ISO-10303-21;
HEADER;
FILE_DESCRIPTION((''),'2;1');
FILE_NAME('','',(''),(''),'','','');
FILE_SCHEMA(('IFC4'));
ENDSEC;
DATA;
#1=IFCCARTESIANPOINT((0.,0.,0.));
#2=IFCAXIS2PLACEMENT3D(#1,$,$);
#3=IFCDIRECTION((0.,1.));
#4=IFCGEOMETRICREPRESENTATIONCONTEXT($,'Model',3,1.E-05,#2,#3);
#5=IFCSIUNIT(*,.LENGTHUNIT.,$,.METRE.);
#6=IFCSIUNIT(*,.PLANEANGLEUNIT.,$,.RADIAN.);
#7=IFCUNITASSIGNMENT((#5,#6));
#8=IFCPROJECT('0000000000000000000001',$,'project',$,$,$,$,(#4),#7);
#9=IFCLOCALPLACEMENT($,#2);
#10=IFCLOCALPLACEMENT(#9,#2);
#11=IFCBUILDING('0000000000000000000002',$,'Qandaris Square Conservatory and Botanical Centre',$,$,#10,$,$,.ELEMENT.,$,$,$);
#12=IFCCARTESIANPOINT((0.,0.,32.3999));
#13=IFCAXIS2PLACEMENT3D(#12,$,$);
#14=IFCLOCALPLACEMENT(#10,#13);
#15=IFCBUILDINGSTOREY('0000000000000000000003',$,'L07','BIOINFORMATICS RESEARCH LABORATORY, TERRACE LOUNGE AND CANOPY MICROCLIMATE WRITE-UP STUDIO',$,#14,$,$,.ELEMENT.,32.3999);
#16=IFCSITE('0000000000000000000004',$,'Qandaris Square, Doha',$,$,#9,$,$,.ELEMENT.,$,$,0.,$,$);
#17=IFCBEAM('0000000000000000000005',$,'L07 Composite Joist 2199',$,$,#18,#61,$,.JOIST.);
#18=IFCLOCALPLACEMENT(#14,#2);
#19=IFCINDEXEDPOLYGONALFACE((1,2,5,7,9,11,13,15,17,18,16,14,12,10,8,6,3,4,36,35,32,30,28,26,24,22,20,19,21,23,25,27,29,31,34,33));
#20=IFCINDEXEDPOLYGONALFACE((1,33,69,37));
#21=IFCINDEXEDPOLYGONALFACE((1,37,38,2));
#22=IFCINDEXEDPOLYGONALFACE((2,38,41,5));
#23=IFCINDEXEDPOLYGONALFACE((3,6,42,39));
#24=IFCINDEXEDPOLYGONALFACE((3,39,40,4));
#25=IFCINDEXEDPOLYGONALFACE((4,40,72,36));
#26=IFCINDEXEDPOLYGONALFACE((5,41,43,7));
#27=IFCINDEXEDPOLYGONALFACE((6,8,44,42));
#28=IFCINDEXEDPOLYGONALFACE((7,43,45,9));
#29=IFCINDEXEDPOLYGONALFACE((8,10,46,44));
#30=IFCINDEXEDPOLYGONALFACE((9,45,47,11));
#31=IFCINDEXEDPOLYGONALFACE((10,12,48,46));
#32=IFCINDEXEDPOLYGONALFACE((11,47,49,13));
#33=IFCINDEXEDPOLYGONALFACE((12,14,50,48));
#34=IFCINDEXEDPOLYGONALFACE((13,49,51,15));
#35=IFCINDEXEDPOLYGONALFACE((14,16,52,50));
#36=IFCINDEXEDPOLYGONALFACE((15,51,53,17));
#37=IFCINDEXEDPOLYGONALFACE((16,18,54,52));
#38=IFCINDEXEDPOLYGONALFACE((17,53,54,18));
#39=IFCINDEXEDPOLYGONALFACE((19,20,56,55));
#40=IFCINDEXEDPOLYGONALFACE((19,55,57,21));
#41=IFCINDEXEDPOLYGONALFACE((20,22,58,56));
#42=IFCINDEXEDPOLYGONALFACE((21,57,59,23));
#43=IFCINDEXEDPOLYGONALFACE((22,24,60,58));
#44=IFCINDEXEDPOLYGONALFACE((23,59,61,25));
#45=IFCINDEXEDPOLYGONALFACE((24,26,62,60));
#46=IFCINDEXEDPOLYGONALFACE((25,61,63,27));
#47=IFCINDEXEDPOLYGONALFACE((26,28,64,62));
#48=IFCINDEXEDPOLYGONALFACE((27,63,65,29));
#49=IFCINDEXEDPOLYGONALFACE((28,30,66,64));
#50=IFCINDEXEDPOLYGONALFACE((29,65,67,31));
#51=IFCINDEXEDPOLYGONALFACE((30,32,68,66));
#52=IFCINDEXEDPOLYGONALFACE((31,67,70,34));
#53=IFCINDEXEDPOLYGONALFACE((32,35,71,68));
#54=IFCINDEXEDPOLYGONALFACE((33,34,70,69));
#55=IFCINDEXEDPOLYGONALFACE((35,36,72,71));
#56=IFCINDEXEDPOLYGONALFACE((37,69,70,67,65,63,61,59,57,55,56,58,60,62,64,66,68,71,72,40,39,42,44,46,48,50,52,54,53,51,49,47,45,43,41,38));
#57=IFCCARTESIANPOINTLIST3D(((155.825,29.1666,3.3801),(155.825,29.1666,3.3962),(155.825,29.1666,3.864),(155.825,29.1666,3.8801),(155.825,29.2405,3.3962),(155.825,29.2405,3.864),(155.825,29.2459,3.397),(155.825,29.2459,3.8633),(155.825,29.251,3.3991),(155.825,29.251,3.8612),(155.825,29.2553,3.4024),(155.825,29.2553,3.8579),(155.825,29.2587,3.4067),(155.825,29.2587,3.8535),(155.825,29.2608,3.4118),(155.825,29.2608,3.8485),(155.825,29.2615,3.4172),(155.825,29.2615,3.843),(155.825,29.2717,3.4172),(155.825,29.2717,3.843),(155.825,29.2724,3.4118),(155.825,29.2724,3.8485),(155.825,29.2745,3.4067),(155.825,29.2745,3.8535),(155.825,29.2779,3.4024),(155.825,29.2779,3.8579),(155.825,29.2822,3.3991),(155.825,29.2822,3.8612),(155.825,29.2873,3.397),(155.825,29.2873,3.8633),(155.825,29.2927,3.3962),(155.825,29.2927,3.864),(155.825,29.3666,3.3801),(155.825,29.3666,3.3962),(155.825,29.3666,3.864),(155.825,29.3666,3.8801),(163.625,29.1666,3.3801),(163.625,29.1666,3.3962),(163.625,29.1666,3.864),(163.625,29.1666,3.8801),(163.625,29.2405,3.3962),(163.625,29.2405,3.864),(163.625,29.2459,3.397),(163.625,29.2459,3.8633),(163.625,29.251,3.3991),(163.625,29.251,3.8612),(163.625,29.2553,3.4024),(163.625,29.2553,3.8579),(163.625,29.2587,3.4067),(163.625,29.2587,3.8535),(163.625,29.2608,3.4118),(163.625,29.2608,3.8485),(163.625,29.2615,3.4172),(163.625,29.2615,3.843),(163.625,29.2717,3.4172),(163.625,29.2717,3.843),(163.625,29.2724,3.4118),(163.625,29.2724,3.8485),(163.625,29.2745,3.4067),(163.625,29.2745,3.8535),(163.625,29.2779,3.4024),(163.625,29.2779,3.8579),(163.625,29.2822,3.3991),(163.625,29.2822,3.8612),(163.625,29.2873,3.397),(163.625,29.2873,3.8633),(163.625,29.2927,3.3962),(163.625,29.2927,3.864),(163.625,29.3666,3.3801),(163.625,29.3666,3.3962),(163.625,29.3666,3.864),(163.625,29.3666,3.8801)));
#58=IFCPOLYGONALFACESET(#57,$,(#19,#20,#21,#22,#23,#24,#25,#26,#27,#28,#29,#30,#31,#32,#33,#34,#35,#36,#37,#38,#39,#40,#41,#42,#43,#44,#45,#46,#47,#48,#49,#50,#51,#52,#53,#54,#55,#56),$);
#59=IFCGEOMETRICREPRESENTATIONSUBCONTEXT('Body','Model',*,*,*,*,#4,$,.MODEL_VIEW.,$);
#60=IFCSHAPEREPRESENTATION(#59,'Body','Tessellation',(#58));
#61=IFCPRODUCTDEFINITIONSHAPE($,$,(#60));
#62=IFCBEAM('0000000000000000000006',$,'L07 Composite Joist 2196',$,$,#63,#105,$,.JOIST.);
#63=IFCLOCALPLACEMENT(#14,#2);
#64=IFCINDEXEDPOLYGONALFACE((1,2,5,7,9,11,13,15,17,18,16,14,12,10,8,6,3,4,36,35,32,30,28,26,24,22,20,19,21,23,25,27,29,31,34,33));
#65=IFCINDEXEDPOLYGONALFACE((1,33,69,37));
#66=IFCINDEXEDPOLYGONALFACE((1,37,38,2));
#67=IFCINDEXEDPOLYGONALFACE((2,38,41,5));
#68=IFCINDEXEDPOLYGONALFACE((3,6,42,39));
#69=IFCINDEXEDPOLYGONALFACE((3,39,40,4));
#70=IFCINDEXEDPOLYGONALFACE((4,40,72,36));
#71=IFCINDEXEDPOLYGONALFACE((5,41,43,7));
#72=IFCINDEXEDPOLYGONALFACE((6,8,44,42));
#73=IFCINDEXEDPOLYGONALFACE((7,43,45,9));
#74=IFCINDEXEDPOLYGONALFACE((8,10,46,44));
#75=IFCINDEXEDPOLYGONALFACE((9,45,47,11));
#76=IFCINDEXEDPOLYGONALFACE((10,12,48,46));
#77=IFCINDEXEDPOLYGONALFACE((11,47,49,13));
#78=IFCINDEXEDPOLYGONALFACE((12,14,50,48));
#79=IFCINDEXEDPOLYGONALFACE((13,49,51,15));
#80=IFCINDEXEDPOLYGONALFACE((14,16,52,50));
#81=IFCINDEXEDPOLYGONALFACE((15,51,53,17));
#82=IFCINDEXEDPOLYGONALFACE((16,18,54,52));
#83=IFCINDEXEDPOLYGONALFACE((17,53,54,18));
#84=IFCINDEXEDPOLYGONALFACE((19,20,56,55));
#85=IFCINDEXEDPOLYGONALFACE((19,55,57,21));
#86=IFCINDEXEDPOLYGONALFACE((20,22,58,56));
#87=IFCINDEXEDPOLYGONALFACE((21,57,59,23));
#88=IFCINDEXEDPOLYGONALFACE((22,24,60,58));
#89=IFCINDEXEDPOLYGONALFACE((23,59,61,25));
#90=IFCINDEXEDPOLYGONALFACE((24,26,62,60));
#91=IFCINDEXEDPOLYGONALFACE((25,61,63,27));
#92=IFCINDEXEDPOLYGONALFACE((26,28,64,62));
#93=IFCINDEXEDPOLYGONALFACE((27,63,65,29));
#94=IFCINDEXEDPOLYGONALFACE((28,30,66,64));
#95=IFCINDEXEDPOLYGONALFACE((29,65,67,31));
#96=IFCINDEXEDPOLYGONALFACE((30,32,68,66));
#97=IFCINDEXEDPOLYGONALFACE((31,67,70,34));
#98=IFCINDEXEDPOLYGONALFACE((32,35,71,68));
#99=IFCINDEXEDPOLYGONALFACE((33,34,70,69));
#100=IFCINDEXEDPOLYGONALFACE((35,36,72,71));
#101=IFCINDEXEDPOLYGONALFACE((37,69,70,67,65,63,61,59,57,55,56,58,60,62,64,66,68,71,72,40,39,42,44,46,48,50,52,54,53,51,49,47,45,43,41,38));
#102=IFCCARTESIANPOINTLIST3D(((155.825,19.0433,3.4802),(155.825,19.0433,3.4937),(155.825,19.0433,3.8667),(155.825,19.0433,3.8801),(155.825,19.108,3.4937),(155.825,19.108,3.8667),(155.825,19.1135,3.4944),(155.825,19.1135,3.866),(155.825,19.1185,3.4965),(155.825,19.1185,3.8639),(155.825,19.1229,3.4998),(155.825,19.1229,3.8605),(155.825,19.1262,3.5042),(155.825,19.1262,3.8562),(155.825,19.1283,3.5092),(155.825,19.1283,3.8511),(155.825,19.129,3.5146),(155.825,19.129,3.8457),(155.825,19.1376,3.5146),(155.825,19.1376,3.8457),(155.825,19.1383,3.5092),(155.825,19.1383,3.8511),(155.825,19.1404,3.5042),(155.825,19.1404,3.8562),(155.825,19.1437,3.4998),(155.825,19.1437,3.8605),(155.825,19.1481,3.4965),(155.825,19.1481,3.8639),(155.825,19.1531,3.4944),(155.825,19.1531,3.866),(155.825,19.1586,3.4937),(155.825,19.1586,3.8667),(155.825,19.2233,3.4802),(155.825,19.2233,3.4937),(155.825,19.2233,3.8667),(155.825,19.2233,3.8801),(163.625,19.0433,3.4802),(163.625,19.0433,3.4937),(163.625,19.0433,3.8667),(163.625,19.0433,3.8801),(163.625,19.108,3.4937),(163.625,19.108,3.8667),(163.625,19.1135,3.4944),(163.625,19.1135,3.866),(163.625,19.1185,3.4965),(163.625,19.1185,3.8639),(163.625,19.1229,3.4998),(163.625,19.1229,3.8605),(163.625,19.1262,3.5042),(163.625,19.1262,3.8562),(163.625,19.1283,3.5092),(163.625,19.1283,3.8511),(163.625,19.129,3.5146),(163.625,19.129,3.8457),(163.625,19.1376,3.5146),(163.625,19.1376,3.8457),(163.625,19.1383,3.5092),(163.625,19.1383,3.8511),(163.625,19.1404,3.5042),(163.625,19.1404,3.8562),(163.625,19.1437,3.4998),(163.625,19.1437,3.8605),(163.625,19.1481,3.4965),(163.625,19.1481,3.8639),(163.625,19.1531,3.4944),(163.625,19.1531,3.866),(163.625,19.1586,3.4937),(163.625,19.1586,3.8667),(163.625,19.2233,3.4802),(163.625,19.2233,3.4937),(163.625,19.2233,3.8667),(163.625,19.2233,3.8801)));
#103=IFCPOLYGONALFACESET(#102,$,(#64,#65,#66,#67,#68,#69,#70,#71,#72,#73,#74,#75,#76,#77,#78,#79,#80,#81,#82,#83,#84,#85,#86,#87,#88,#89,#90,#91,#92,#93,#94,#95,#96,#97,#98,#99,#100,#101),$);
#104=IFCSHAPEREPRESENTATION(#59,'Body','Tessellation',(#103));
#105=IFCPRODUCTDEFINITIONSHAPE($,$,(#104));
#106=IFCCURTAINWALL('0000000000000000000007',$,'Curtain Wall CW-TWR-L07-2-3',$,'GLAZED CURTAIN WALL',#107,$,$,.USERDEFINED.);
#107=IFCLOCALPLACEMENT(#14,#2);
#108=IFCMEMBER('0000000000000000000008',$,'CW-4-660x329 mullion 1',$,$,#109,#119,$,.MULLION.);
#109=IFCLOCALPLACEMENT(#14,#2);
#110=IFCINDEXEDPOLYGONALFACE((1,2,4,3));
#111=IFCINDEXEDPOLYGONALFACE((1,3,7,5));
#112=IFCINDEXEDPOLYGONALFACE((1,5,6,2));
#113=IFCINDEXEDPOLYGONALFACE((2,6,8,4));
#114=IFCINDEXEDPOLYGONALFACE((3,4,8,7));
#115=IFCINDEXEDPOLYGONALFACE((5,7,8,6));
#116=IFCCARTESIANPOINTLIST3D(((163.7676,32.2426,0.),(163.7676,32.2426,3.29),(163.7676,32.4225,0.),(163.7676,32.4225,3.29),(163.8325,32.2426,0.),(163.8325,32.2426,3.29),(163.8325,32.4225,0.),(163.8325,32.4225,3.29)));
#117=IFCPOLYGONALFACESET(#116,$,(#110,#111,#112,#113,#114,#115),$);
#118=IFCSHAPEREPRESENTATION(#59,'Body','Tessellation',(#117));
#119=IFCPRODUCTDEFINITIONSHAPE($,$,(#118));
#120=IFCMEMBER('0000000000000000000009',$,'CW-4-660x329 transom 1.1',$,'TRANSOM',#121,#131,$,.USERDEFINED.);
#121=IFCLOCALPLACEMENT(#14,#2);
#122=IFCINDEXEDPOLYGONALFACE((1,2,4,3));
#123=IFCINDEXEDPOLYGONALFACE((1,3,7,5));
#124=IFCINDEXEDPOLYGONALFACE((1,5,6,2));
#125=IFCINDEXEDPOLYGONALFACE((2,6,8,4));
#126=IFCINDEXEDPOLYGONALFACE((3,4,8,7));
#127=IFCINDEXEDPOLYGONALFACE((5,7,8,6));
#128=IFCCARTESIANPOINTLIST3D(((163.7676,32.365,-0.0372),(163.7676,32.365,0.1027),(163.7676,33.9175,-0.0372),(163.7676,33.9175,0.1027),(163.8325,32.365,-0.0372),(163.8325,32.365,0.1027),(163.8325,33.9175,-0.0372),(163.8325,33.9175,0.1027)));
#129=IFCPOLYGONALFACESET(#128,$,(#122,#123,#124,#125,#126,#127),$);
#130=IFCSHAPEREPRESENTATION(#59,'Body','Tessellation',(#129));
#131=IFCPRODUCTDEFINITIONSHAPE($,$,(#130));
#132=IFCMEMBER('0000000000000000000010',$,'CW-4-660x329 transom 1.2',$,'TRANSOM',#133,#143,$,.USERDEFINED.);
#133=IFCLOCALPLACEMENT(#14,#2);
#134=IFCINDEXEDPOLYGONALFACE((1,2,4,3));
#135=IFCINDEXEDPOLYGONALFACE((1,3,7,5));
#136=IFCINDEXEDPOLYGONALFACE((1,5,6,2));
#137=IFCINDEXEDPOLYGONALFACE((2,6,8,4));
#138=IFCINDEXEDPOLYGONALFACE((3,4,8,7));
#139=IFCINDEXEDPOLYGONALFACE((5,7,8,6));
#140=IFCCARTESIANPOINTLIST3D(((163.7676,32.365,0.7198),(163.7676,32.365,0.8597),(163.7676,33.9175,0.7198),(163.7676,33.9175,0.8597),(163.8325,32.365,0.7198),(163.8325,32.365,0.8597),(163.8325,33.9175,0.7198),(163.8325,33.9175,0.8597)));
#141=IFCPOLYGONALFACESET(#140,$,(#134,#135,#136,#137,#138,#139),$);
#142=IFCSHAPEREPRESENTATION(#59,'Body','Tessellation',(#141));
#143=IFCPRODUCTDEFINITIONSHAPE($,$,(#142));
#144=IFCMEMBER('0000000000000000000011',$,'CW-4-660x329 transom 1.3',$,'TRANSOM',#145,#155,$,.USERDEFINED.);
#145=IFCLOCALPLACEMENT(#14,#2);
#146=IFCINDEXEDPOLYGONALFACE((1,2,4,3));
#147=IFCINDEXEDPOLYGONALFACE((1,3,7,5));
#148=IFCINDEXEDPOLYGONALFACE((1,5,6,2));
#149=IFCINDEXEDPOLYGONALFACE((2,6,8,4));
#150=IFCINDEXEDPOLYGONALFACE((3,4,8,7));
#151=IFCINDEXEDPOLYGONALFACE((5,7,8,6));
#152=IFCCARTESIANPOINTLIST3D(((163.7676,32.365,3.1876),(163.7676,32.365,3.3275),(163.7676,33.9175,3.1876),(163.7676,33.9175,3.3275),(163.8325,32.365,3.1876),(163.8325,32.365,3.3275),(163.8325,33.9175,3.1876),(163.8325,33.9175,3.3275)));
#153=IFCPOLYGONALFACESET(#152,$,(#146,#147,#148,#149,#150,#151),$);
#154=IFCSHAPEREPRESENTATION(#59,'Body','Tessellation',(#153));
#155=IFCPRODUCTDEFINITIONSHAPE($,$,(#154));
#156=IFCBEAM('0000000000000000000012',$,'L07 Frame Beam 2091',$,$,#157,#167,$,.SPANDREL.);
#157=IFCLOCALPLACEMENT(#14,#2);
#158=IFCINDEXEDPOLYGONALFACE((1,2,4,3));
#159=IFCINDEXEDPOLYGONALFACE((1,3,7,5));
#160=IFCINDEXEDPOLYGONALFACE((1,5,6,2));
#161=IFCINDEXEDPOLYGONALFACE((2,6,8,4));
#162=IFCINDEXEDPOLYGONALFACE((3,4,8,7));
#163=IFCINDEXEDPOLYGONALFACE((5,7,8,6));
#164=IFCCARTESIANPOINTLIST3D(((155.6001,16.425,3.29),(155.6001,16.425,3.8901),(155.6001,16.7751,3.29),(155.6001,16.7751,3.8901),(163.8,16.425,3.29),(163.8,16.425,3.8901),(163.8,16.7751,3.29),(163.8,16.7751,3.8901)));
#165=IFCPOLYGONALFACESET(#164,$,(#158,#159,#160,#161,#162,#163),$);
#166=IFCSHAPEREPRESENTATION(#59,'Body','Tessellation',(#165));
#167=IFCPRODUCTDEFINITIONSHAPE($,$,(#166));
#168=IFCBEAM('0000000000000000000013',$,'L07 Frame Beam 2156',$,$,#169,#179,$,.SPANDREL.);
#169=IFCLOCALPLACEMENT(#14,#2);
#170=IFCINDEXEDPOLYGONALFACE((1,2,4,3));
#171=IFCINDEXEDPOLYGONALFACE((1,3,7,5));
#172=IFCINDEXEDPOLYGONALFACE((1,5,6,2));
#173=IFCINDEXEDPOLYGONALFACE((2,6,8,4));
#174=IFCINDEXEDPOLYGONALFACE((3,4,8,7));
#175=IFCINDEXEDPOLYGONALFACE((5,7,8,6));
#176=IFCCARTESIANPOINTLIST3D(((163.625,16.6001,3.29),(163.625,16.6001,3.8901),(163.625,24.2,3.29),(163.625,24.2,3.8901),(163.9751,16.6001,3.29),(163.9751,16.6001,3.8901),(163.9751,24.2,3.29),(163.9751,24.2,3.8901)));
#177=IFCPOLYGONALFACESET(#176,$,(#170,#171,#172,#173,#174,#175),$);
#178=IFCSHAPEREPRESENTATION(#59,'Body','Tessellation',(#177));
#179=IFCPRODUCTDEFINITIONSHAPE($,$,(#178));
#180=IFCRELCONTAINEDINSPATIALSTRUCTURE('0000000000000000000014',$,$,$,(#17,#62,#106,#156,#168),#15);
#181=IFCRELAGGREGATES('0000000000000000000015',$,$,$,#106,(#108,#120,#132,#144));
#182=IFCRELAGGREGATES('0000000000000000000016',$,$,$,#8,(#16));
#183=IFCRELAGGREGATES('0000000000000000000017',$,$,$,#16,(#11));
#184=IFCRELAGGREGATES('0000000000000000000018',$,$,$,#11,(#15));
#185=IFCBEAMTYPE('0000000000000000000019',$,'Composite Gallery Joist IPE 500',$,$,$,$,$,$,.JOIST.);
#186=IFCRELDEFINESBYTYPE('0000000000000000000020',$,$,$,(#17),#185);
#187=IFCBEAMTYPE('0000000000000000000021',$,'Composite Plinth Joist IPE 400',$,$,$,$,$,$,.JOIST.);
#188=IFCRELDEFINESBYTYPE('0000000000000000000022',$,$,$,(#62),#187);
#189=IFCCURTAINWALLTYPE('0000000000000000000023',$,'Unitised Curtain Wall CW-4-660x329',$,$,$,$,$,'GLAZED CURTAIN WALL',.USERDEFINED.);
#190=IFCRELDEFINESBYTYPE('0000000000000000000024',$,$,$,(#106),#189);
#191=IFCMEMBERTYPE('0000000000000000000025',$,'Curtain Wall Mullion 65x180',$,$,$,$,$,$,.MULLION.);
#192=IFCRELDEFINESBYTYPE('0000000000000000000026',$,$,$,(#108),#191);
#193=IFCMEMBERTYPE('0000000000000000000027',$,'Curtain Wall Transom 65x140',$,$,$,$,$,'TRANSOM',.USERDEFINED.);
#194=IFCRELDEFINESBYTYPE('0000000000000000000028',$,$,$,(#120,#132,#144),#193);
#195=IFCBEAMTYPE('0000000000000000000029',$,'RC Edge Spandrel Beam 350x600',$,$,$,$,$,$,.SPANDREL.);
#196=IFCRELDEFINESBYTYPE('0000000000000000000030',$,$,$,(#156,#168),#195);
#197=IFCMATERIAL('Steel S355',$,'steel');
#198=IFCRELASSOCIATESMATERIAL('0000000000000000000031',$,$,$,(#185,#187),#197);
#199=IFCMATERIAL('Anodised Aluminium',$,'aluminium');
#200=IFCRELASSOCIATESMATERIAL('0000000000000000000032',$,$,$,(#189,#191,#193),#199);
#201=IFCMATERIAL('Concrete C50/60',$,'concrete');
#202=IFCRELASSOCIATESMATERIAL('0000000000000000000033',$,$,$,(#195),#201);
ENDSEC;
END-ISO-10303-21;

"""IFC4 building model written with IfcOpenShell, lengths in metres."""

from ifc_helpers import new_model, si_unit, direction, frame, origin, origin_2d, place, context, subcontext, project, spatial, rectangle, i_section, extrude, material, material_profile, profile_set, type_object, element, aggregate, save


model = new_model("IFC4")

# Units and contexts
model_context = context("Model", 3, precision=1e-05, world=origin(), true_north=direction((0.0, 1.0)))
body_context = subcontext(model_context, "Body", "Model", "MODEL_VIEW")
ifc_project = project(units=[si_unit("LENGTHUNIT", "METRE"), si_unit("PLANEANGLEUNIT", "RADIAN")], contexts=[model_context])

# Site, building, storey
site_placement = place(None, origin())
site = spatial("IfcSite", under=ifc_project, at=site_placement, Name="Qandaris Square, Doha", CompositionType="ELEMENT", RefElevation=0.0)
building_placement = place(site_placement, origin())
building = spatial("IfcBuilding", under=site, at=building_placement, Name="Qandaris Square Conservatory and Botanical Centre", CompositionType="ELEMENT")
storey_placement = place(building_placement, frame((0.0, 0.0, 32.3999)))
storey = spatial("IfcBuildingStorey", under=building, at=storey_placement, Name="L07", Description="BIOINFORMATICS RESEARCH LABORATORY, TERRACE LOUNGE AND CANOPY MICROCLIMATE WRITE-UP STUDIO", CompositionType="ELEMENT", Elevation=32.3999)

# Shared definitions
ifc_material_1 = material(Name="Concrete C50/60", Category="concrete")

# Beams
ifc_material_2 = material(Name="Steel S355", Category="steel")
ifc_material_profile_1 = material_profile(ifc_material_2, i_section(OverallWidth=0.2, OverallDepth=0.5, WebThickness=0.0103, FlangeThickness=0.0161, FilletRadius=0.021, at=origin_2d()), Name="IPE 500")
ifc_profile_set_1 = profile_set([ifc_material_profile_1], Name="Steel S355")
beam_type_1 = type_object("IfcBeamType", Name="Composite Gallery Joist IPE 500", PredefinedType="JOIST", material=ifc_profile_set_1)
beam_1_placement = place(storey_placement, frame((155.825, 29.2666, 3.6301), z_axis=(1.0, 0.0, 0.0), x_axis=(0.0, 1.0, 0.0)))
element("IfcBeam", 1, at=beam_1_placement, inside=storey, type_object=beam_type_1, Name="L07 Composite Joist 2199", PredefinedType="JOIST", context=body_context, shape_type="SweptSolid", body=[
    extrude(i_section(OverallWidth=0.2, OverallDepth=0.5, WebThickness=0.0103, FlangeThickness=0.0161, FilletRadius=0.021, at=origin_2d()), origin(), (0.0, 0.0, 1.0), 7.8),
])
ifc_material_profile_2 = material_profile(ifc_material_2, i_section(OverallWidth=0.1799, OverallDepth=0.3999, WebThickness=0.0085, FlangeThickness=0.0134, FilletRadius=0.021, at=origin_2d()), Name="IPE 400")
ifc_profile_set_2 = profile_set([ifc_material_profile_2], Name="Steel S355")
beam_type_2 = type_object("IfcBeamType", Name="Composite Plinth Joist IPE 400", PredefinedType="JOIST", material=ifc_profile_set_2)
beam_2_placement = place(storey_placement, frame((155.825, 19.1333, 3.6802), z_axis=(1.0, 0.0, 0.0), x_axis=(0.0, 1.0, 0.0)))
element("IfcBeam", 2, at=beam_2_placement, inside=storey, type_object=beam_type_2, Name="L07 Composite Joist 2196", PredefinedType="JOIST", context=body_context, shape_type="SweptSolid", body=[
    extrude(i_section(OverallWidth=0.1799, OverallDepth=0.3999, WebThickness=0.0085, FlangeThickness=0.0134, FilletRadius=0.021, at=origin_2d()), origin(), (0.0, 0.0, 1.0), 7.8),
])

# Curtain wall, members
ifc_material_3 = material(Name="Anodised Aluminium", Category="aluminium")
curtain_wall_type = type_object("IfcCurtainWallType", Name="Unitised Curtain Wall CW-4-660x329", ElementType="GLAZED CURTAIN WALL", PredefinedType="USERDEFINED", material=ifc_material_3)
curtain_wall_placement = place(storey_placement, origin())
curtain_wall = element("IfcCurtainWall", 3, at=curtain_wall_placement, inside=storey, type_object=curtain_wall_type, Name="Curtain Wall CW-TWR-L07-2-3", ObjectType="GLAZED CURTAIN WALL", PredefinedType="USERDEFINED")
ifc_material_profile_3 = material_profile(ifc_material_3, rectangle(XDim=0.0649, YDim=0.1799, at=origin_2d()), Name="ALU-MUL 65x180")
ifc_profile_set_3 = profile_set([ifc_material_profile_3], Name="Anodised Aluminium")
member_type_1 = type_object("IfcMemberType", Name="Curtain Wall Mullion 65x180", PredefinedType="MULLION", material=ifc_profile_set_3)
member_1_placement = place(storey_placement, frame((163.8, 32.3325, 0.0), z_axis=(0.0, 0.0, 1.0), x_axis=(-1.0, 0.0, 0.0)))
member_1 = element("IfcMember", 4, at=member_1_placement, type_object=member_type_1, Name="CW-4-660x329 mullion 1", PredefinedType="MULLION", context=body_context, shape_type="SweptSolid", body=[
    extrude(rectangle(XDim=0.0649, YDim=0.1799, at=origin_2d()), origin(), (0.0, 0.0, 1.0), 3.29),
])
ifc_material_profile_4 = material_profile(ifc_material_3, rectangle(XDim=0.0649, YDim=0.1399, at=origin_2d()), Name="ALU-TRN 65x140")
ifc_profile_set_4 = profile_set([ifc_material_profile_4], Name="Anodised Aluminium")
member_type_2 = type_object("IfcMemberType", Name="Curtain Wall Transom 65x140", ElementType="TRANSOM", PredefinedType="USERDEFINED", material=ifc_profile_set_4)
member_2_placement = place(storey_placement, frame((163.8, 32.365, 0.0327), z_axis=(0.0, 1.0, 0.0), x_axis=(-1.0, 0.0, 0.0)))
member_2 = element("IfcMember", 5, at=member_2_placement, type_object=member_type_2, Name="CW-4-660x329 transom 1.1", ObjectType="TRANSOM", PredefinedType="USERDEFINED", context=body_context, shape_type="SweptSolid", body=[
    extrude(rectangle(XDim=0.0649, YDim=0.1399, at=origin_2d()), origin(), (0.0, 0.0, 1.0), 1.5525),
])
member_3_placement = place(storey_placement, frame((163.8, 32.365, 0.7898), z_axis=(0.0, 1.0, 0.0), x_axis=(-1.0, 0.0, 0.0)))
member_3 = element("IfcMember", 6, at=member_3_placement, type_object=member_type_2, Name="CW-4-660x329 transom 1.2", ObjectType="TRANSOM", PredefinedType="USERDEFINED", context=body_context, shape_type="SweptSolid", body=[
    extrude(rectangle(XDim=0.0649, YDim=0.1399, at=origin_2d()), origin(), (0.0, 0.0, 1.0), 1.5525),
])
member_4_placement = place(storey_placement, frame((163.8, 32.365, 3.2576), z_axis=(0.0, 1.0, 0.0), x_axis=(-1.0, 0.0, 0.0)))
member_4 = element("IfcMember", 7, at=member_4_placement, type_object=member_type_2, Name="CW-4-660x329 transom 1.3", ObjectType="TRANSOM", PredefinedType="USERDEFINED", context=body_context, shape_type="SweptSolid", body=[
    extrude(rectangle(XDim=0.0649, YDim=0.1399, at=origin_2d()), origin(), (0.0, 0.0, 1.0), 1.5525),
])

# Beams
ifc_material_profile_5 = material_profile(ifc_material_1, rectangle(XDim=0.3501, YDim=0.6001, at=origin_2d()), Name="RC-SP 350x600")
ifc_profile_set_5 = profile_set([ifc_material_profile_5], Name="Concrete C50/60")
beam_type_3 = type_object("IfcBeamType", Name="RC Edge Spandrel Beam 350x600", PredefinedType="SPANDREL", material=ifc_profile_set_5)
beam_3_placement = place(storey_placement, frame((155.6001, 16.6001, 3.5901), z_axis=(1.0, 0.0, 0.0), x_axis=(0.0, 1.0, 0.0)))
element("IfcBeam", 8, at=beam_3_placement, inside=storey, type_object=beam_type_3, Name="L07 Frame Beam 2091", PredefinedType="SPANDREL", context=body_context, shape_type="SweptSolid", body=[
    extrude(rectangle(XDim=0.3501, YDim=0.6001, at=origin_2d()), origin(), (0.0, 0.0, 1.0), 8.2),
])
beam_4_placement = place(storey_placement, frame((163.8, 16.6001, 3.5901), z_axis=(0.0, 1.0, 0.0), x_axis=(-1.0, 0.0, 0.0)))
element("IfcBeam", 9, at=beam_4_placement, inside=storey, type_object=beam_type_3, Name="L07 Frame Beam 2156", PredefinedType="SPANDREL", context=body_context, shape_type="SweptSolid", body=[
    extrude(rectangle(XDim=0.3501, YDim=0.6001, at=origin_2d()), origin(), (0.0, 0.0, 1.0), 7.5999),
])

aggregate(curtain_wall, [member_1, member_2, member_3, member_4])

save(model, "model.ifc")
